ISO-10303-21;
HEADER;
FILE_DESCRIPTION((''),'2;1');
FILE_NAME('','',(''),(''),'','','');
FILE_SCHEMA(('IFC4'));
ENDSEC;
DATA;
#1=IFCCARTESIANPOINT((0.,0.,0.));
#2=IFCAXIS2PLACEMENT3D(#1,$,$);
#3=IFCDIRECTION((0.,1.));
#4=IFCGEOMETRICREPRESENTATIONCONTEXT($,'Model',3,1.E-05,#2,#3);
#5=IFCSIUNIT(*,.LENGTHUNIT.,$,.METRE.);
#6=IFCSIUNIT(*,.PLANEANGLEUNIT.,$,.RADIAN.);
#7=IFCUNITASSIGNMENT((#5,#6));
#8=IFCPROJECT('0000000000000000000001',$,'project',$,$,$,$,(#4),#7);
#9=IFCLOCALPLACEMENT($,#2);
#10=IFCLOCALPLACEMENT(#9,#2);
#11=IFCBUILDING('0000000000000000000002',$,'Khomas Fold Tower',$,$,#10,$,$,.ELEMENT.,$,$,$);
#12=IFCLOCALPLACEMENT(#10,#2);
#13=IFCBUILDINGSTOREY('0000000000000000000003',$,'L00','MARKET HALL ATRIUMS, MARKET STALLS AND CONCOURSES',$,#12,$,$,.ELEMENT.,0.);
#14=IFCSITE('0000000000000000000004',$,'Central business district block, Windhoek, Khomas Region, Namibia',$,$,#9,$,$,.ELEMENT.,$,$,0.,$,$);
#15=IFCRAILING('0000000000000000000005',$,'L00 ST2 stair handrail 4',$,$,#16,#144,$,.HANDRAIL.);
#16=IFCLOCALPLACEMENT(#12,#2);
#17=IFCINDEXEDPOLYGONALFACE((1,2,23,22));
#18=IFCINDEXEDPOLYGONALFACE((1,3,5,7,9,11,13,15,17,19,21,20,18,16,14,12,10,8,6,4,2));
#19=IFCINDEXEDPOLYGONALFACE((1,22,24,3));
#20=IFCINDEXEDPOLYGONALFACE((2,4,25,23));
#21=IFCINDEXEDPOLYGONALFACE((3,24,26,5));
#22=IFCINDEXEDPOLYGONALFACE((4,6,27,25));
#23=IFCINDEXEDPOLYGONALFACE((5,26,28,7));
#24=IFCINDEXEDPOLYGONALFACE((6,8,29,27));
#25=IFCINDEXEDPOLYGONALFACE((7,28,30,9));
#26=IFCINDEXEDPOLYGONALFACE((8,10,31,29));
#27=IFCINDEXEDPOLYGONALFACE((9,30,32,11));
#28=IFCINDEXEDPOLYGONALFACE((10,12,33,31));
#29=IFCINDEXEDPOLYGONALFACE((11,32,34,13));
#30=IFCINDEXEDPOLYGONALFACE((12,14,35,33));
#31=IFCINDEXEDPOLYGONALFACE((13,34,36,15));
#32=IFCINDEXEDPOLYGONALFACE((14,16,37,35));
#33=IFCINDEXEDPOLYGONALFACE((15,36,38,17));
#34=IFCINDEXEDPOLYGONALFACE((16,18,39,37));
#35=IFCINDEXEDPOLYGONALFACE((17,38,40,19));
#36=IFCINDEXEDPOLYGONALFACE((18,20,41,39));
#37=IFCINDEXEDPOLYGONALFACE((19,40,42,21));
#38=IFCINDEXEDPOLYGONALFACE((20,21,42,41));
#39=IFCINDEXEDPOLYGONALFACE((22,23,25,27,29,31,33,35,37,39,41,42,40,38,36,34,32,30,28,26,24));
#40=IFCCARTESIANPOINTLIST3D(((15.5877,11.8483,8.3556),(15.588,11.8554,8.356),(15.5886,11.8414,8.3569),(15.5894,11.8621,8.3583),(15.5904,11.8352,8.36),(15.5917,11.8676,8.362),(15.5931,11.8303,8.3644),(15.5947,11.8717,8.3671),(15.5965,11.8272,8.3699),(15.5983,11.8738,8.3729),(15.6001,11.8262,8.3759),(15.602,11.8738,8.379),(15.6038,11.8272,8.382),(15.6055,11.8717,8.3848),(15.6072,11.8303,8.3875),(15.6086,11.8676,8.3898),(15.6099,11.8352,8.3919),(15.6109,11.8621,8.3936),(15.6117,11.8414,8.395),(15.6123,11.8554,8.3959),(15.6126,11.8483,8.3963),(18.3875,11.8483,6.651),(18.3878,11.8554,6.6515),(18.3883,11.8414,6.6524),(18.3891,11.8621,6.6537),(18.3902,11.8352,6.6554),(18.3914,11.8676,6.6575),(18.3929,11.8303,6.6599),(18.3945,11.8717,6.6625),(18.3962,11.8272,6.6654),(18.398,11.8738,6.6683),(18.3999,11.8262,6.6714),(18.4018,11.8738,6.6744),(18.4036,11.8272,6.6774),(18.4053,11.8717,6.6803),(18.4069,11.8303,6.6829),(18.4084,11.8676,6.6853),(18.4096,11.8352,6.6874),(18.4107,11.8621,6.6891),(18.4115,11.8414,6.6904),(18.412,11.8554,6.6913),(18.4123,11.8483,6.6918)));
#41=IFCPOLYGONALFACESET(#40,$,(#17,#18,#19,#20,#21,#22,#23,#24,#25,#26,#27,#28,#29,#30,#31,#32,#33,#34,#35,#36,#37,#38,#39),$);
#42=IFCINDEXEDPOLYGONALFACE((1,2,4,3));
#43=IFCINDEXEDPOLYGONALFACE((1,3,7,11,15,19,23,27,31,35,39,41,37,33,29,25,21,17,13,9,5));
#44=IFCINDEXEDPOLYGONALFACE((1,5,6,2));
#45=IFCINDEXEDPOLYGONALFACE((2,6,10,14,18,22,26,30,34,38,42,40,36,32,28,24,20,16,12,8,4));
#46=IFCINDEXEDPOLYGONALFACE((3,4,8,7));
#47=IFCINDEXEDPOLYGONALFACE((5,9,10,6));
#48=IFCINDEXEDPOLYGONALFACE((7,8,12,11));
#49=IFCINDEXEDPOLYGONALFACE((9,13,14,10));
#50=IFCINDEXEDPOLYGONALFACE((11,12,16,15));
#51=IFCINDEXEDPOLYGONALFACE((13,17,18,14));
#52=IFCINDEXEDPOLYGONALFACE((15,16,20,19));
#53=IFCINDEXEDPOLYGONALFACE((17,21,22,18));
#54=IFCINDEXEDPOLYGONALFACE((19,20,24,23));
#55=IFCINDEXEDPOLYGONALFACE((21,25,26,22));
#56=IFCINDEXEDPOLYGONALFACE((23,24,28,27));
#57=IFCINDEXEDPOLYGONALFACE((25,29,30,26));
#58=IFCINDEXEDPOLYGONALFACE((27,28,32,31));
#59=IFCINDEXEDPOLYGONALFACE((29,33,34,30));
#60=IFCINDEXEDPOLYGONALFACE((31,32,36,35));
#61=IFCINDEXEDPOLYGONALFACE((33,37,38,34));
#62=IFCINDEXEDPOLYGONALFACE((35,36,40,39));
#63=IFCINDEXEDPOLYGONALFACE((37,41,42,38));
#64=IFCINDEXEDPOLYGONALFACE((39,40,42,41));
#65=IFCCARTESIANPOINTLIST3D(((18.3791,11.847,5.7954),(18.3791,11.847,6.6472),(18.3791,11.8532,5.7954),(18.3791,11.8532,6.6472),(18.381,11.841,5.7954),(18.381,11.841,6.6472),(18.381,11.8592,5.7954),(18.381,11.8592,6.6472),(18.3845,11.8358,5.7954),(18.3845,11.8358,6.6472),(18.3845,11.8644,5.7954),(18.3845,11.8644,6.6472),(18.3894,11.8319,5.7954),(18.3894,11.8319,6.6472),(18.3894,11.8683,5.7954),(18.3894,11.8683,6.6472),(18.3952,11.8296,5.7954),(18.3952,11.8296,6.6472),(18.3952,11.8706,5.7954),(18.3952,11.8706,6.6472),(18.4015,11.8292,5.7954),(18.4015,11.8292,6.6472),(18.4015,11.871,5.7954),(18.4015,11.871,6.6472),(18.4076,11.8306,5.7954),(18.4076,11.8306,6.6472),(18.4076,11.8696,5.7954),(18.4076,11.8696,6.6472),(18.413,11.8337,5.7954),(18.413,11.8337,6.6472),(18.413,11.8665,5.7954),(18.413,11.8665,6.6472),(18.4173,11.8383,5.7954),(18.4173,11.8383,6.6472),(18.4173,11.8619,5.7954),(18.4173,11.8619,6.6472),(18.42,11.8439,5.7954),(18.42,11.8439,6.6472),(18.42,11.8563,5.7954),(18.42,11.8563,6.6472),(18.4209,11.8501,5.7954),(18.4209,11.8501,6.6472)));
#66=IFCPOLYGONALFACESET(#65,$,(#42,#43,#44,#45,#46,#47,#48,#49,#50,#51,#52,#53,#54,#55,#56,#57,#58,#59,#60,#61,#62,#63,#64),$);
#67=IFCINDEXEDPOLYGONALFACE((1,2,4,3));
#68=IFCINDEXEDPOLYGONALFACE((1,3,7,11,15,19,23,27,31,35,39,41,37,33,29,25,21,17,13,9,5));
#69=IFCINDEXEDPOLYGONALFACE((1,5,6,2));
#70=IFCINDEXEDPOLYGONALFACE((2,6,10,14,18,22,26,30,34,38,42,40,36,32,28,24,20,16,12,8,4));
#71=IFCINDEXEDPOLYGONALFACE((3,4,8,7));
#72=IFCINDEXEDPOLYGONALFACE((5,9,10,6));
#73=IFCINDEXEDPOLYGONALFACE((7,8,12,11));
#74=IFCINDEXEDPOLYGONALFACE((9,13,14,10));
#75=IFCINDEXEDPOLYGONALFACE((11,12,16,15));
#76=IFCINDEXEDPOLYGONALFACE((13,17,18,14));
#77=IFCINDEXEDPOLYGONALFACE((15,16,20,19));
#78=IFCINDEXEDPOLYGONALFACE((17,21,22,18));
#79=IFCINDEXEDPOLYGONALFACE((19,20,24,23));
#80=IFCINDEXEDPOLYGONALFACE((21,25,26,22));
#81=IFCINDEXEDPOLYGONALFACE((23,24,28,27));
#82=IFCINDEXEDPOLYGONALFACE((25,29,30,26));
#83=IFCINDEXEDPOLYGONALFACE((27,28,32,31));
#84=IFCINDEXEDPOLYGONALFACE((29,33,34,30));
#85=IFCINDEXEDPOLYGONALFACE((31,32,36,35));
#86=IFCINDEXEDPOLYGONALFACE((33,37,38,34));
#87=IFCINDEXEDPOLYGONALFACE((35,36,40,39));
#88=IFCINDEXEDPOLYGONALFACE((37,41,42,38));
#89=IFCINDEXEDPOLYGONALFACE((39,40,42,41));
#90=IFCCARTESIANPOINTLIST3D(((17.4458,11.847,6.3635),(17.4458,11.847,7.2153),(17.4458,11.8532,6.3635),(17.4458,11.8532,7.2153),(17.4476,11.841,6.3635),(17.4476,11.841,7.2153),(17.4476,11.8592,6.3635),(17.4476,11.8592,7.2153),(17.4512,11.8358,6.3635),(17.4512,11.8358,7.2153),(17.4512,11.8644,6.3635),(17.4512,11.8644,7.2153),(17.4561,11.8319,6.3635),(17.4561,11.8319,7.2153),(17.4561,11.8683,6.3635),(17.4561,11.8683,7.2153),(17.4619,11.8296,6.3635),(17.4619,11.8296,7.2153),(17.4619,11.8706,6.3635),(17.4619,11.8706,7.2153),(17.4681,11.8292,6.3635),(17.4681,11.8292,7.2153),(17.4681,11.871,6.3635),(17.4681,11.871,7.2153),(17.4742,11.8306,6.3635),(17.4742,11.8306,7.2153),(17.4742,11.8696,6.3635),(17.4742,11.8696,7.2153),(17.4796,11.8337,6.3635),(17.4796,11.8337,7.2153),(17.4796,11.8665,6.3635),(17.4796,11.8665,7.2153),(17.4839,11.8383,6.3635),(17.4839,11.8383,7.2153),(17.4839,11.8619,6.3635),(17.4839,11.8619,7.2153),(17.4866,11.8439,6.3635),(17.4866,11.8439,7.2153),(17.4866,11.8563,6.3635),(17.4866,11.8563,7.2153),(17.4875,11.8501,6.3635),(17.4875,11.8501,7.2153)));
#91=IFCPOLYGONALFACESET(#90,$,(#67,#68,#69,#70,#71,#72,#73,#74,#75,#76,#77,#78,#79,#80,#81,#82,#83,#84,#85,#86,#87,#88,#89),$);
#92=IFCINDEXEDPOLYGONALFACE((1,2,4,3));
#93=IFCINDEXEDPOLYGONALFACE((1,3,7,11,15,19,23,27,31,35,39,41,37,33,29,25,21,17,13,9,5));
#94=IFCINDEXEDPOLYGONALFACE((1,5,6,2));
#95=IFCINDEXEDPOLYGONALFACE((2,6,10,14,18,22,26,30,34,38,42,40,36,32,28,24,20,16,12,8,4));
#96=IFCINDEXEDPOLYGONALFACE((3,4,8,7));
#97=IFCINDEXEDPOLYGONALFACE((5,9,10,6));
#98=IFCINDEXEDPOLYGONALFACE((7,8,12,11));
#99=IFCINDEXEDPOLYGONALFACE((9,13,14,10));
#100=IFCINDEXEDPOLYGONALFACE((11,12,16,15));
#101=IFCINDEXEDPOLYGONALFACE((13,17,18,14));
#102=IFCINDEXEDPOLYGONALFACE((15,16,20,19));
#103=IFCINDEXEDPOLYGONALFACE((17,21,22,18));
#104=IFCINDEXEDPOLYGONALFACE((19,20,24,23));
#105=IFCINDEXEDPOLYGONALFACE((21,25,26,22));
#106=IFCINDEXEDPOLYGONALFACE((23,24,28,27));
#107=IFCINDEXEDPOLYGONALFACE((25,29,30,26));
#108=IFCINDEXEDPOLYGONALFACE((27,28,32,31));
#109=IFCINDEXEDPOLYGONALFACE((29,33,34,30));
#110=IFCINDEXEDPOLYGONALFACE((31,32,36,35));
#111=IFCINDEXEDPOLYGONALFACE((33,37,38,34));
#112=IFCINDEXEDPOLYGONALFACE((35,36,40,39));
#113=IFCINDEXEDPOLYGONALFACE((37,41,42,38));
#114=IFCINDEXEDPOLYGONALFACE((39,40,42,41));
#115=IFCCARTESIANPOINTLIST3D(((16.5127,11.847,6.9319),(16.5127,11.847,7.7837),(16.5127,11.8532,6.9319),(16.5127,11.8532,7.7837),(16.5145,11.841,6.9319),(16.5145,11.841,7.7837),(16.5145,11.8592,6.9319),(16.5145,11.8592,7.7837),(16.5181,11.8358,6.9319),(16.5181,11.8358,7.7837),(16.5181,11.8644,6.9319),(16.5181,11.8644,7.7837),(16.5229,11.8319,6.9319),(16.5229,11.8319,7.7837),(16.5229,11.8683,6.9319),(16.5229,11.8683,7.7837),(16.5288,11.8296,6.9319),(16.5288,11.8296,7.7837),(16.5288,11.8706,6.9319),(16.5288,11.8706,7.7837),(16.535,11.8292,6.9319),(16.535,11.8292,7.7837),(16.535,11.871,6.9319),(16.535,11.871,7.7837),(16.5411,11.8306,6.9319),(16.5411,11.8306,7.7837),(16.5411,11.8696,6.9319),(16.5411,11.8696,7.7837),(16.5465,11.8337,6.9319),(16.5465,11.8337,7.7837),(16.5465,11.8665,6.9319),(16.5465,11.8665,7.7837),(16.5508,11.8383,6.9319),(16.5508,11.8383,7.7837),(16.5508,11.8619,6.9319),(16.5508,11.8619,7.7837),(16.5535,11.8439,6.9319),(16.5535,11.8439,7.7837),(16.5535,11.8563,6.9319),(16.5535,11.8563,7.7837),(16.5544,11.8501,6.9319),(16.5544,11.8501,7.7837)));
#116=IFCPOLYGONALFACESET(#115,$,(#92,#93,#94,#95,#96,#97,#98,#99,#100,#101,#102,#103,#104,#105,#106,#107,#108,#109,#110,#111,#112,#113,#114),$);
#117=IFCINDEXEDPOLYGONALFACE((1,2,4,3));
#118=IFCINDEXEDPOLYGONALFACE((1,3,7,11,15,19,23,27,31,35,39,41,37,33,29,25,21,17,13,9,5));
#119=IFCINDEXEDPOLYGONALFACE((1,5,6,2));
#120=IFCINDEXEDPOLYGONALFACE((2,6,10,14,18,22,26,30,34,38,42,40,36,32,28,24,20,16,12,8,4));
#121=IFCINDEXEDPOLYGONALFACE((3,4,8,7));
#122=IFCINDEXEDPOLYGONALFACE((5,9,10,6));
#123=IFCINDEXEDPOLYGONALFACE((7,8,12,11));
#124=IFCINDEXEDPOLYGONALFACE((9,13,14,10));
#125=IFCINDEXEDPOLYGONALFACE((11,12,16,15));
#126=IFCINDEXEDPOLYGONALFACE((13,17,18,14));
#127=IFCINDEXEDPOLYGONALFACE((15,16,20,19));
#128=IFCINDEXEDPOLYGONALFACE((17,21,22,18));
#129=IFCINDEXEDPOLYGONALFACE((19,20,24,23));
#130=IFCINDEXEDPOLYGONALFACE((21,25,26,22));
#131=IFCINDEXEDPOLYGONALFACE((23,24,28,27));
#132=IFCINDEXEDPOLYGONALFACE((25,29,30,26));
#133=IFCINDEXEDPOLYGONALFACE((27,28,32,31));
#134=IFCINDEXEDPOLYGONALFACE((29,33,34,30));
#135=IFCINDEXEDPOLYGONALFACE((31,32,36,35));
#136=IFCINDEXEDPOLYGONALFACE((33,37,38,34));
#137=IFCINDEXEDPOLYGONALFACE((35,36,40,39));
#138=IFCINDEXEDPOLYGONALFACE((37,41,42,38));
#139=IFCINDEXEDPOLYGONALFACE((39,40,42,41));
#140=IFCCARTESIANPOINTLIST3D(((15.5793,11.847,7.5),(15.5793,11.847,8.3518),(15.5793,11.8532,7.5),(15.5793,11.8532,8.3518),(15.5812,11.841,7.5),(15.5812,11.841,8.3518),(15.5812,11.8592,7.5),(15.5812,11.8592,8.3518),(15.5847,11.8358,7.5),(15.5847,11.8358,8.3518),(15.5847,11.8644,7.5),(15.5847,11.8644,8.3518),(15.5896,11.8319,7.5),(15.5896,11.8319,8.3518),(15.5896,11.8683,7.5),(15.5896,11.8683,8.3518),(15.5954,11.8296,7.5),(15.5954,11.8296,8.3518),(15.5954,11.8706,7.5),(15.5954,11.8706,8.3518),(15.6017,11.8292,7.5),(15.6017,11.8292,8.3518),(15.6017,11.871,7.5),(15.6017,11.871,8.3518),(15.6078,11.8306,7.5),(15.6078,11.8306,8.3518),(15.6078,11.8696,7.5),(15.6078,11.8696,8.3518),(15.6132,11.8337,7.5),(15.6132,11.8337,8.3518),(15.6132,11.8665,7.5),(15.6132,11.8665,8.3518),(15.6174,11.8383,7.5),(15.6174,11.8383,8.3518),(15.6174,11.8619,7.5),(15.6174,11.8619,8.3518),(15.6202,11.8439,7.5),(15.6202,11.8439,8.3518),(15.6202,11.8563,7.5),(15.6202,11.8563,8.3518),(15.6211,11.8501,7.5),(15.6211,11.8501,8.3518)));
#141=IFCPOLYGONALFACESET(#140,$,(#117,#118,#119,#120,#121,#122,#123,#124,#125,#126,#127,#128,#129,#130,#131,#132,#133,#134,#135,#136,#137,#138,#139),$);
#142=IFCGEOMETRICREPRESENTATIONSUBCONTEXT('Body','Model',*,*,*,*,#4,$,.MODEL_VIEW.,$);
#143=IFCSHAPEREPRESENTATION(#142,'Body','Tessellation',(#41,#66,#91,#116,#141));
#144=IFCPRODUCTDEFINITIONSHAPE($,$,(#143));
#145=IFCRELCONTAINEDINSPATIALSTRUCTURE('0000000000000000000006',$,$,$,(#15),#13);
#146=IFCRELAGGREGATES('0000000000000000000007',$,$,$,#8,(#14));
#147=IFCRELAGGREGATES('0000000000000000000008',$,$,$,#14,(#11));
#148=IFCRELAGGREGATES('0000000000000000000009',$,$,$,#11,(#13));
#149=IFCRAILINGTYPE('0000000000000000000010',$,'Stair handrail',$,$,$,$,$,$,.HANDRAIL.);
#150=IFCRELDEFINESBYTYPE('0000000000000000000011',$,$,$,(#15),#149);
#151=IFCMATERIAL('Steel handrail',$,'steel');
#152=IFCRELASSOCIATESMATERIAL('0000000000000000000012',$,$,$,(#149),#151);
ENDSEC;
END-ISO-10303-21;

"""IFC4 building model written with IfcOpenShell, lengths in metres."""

from ifc_helpers import new_model, si_unit, direction, frame, origin, origin_2d, place, context, subcontext, project, spatial, circle, extrude, source, transform, mapped, material, type_object, element, save


model = new_model("IFC4")

# Units and contexts
model_context = context("Model", 3, precision=1e-05, world=origin(), true_north=direction((0.0, 1.0)))
body_context = subcontext(model_context, "Body", "Model", "MODEL_VIEW")
ifc_project = project(units=[si_unit("LENGTHUNIT", "METRE"), si_unit("PLANEANGLEUNIT", "RADIAN")], contexts=[model_context])

# Site, building, storey
site_placement = place(None, origin())
site = spatial("IfcSite", under=ifc_project, at=site_placement, Name="Central business district block, Windhoek, Khomas Region, Namibia", CompositionType="ELEMENT", RefElevation=0.0)
building_placement = place(site_placement, origin())
building = spatial("IfcBuilding", under=site, at=building_placement, Name="Khomas Fold Tower", CompositionType="ELEMENT")
storey_placement = place(building_placement, origin())
storey = spatial("IfcBuildingStorey", under=building, at=storey_placement, Name="L00", Description="MARKET HALL ATRIUMS, MARKET STALLS AND CONCOURSES", CompositionType="ELEMENT", Elevation=0.0)

# Railing
ifc_material_1 = material(Name="Steel handrail", Category="steel")
railing_type_1 = type_object("IfcRailingType", Name="Stair handrail", PredefinedType="HANDRAIL", material=ifc_material_1)
shared_shape_1 = source(origin(), body_context, "Body", "SweptSolid", [
    extrude(circle(Radius=0.0239, at=origin_2d()), frame((0.0, 0.0, 0.876), z_axis=(-0.85415, 0.0, 0.520027), x_axis=(0.0, -1.0, 0.0)), (0.0, 0.0, 1.0), 3.2778),
    extrude(circle(Radius=0.021, at=origin_2d()), origin(), (0.0, 0.0, 1.0), 0.8518),
    extrude(circle(Radius=0.021, at=origin_2d()), frame((-0.9333, 0.0, 0.5681)), (0.0, 0.0, 1.0), 0.8518),
    extrude(circle(Radius=0.021, at=origin_2d()), frame((-1.8665, 0.0, 1.1365)), (0.0, 0.0, 1.0), 0.8518),
    extrude(circle(Radius=0.021, at=origin_2d()), frame((-2.7998, 0.0, 1.7046)), (0.0, 0.0, 1.0), 0.8518),
])
for number, where, name in (
    (1, (18.3999, 11.8501, 5.7954), "L00 ST2 stair handrail 4"),
):
    element("IfcRailing", number, at=place(storey_placement, frame(where)), inside=storey, type_object=railing_type_1, Name=name, PredefinedType="HANDRAIL", context=body_context, shape_type="MappedRepresentation", body=[
        mapped(shared_shape_1, transform((0.0, 0.0, 0.0))),
    ])

save(model, "model.ifc")
